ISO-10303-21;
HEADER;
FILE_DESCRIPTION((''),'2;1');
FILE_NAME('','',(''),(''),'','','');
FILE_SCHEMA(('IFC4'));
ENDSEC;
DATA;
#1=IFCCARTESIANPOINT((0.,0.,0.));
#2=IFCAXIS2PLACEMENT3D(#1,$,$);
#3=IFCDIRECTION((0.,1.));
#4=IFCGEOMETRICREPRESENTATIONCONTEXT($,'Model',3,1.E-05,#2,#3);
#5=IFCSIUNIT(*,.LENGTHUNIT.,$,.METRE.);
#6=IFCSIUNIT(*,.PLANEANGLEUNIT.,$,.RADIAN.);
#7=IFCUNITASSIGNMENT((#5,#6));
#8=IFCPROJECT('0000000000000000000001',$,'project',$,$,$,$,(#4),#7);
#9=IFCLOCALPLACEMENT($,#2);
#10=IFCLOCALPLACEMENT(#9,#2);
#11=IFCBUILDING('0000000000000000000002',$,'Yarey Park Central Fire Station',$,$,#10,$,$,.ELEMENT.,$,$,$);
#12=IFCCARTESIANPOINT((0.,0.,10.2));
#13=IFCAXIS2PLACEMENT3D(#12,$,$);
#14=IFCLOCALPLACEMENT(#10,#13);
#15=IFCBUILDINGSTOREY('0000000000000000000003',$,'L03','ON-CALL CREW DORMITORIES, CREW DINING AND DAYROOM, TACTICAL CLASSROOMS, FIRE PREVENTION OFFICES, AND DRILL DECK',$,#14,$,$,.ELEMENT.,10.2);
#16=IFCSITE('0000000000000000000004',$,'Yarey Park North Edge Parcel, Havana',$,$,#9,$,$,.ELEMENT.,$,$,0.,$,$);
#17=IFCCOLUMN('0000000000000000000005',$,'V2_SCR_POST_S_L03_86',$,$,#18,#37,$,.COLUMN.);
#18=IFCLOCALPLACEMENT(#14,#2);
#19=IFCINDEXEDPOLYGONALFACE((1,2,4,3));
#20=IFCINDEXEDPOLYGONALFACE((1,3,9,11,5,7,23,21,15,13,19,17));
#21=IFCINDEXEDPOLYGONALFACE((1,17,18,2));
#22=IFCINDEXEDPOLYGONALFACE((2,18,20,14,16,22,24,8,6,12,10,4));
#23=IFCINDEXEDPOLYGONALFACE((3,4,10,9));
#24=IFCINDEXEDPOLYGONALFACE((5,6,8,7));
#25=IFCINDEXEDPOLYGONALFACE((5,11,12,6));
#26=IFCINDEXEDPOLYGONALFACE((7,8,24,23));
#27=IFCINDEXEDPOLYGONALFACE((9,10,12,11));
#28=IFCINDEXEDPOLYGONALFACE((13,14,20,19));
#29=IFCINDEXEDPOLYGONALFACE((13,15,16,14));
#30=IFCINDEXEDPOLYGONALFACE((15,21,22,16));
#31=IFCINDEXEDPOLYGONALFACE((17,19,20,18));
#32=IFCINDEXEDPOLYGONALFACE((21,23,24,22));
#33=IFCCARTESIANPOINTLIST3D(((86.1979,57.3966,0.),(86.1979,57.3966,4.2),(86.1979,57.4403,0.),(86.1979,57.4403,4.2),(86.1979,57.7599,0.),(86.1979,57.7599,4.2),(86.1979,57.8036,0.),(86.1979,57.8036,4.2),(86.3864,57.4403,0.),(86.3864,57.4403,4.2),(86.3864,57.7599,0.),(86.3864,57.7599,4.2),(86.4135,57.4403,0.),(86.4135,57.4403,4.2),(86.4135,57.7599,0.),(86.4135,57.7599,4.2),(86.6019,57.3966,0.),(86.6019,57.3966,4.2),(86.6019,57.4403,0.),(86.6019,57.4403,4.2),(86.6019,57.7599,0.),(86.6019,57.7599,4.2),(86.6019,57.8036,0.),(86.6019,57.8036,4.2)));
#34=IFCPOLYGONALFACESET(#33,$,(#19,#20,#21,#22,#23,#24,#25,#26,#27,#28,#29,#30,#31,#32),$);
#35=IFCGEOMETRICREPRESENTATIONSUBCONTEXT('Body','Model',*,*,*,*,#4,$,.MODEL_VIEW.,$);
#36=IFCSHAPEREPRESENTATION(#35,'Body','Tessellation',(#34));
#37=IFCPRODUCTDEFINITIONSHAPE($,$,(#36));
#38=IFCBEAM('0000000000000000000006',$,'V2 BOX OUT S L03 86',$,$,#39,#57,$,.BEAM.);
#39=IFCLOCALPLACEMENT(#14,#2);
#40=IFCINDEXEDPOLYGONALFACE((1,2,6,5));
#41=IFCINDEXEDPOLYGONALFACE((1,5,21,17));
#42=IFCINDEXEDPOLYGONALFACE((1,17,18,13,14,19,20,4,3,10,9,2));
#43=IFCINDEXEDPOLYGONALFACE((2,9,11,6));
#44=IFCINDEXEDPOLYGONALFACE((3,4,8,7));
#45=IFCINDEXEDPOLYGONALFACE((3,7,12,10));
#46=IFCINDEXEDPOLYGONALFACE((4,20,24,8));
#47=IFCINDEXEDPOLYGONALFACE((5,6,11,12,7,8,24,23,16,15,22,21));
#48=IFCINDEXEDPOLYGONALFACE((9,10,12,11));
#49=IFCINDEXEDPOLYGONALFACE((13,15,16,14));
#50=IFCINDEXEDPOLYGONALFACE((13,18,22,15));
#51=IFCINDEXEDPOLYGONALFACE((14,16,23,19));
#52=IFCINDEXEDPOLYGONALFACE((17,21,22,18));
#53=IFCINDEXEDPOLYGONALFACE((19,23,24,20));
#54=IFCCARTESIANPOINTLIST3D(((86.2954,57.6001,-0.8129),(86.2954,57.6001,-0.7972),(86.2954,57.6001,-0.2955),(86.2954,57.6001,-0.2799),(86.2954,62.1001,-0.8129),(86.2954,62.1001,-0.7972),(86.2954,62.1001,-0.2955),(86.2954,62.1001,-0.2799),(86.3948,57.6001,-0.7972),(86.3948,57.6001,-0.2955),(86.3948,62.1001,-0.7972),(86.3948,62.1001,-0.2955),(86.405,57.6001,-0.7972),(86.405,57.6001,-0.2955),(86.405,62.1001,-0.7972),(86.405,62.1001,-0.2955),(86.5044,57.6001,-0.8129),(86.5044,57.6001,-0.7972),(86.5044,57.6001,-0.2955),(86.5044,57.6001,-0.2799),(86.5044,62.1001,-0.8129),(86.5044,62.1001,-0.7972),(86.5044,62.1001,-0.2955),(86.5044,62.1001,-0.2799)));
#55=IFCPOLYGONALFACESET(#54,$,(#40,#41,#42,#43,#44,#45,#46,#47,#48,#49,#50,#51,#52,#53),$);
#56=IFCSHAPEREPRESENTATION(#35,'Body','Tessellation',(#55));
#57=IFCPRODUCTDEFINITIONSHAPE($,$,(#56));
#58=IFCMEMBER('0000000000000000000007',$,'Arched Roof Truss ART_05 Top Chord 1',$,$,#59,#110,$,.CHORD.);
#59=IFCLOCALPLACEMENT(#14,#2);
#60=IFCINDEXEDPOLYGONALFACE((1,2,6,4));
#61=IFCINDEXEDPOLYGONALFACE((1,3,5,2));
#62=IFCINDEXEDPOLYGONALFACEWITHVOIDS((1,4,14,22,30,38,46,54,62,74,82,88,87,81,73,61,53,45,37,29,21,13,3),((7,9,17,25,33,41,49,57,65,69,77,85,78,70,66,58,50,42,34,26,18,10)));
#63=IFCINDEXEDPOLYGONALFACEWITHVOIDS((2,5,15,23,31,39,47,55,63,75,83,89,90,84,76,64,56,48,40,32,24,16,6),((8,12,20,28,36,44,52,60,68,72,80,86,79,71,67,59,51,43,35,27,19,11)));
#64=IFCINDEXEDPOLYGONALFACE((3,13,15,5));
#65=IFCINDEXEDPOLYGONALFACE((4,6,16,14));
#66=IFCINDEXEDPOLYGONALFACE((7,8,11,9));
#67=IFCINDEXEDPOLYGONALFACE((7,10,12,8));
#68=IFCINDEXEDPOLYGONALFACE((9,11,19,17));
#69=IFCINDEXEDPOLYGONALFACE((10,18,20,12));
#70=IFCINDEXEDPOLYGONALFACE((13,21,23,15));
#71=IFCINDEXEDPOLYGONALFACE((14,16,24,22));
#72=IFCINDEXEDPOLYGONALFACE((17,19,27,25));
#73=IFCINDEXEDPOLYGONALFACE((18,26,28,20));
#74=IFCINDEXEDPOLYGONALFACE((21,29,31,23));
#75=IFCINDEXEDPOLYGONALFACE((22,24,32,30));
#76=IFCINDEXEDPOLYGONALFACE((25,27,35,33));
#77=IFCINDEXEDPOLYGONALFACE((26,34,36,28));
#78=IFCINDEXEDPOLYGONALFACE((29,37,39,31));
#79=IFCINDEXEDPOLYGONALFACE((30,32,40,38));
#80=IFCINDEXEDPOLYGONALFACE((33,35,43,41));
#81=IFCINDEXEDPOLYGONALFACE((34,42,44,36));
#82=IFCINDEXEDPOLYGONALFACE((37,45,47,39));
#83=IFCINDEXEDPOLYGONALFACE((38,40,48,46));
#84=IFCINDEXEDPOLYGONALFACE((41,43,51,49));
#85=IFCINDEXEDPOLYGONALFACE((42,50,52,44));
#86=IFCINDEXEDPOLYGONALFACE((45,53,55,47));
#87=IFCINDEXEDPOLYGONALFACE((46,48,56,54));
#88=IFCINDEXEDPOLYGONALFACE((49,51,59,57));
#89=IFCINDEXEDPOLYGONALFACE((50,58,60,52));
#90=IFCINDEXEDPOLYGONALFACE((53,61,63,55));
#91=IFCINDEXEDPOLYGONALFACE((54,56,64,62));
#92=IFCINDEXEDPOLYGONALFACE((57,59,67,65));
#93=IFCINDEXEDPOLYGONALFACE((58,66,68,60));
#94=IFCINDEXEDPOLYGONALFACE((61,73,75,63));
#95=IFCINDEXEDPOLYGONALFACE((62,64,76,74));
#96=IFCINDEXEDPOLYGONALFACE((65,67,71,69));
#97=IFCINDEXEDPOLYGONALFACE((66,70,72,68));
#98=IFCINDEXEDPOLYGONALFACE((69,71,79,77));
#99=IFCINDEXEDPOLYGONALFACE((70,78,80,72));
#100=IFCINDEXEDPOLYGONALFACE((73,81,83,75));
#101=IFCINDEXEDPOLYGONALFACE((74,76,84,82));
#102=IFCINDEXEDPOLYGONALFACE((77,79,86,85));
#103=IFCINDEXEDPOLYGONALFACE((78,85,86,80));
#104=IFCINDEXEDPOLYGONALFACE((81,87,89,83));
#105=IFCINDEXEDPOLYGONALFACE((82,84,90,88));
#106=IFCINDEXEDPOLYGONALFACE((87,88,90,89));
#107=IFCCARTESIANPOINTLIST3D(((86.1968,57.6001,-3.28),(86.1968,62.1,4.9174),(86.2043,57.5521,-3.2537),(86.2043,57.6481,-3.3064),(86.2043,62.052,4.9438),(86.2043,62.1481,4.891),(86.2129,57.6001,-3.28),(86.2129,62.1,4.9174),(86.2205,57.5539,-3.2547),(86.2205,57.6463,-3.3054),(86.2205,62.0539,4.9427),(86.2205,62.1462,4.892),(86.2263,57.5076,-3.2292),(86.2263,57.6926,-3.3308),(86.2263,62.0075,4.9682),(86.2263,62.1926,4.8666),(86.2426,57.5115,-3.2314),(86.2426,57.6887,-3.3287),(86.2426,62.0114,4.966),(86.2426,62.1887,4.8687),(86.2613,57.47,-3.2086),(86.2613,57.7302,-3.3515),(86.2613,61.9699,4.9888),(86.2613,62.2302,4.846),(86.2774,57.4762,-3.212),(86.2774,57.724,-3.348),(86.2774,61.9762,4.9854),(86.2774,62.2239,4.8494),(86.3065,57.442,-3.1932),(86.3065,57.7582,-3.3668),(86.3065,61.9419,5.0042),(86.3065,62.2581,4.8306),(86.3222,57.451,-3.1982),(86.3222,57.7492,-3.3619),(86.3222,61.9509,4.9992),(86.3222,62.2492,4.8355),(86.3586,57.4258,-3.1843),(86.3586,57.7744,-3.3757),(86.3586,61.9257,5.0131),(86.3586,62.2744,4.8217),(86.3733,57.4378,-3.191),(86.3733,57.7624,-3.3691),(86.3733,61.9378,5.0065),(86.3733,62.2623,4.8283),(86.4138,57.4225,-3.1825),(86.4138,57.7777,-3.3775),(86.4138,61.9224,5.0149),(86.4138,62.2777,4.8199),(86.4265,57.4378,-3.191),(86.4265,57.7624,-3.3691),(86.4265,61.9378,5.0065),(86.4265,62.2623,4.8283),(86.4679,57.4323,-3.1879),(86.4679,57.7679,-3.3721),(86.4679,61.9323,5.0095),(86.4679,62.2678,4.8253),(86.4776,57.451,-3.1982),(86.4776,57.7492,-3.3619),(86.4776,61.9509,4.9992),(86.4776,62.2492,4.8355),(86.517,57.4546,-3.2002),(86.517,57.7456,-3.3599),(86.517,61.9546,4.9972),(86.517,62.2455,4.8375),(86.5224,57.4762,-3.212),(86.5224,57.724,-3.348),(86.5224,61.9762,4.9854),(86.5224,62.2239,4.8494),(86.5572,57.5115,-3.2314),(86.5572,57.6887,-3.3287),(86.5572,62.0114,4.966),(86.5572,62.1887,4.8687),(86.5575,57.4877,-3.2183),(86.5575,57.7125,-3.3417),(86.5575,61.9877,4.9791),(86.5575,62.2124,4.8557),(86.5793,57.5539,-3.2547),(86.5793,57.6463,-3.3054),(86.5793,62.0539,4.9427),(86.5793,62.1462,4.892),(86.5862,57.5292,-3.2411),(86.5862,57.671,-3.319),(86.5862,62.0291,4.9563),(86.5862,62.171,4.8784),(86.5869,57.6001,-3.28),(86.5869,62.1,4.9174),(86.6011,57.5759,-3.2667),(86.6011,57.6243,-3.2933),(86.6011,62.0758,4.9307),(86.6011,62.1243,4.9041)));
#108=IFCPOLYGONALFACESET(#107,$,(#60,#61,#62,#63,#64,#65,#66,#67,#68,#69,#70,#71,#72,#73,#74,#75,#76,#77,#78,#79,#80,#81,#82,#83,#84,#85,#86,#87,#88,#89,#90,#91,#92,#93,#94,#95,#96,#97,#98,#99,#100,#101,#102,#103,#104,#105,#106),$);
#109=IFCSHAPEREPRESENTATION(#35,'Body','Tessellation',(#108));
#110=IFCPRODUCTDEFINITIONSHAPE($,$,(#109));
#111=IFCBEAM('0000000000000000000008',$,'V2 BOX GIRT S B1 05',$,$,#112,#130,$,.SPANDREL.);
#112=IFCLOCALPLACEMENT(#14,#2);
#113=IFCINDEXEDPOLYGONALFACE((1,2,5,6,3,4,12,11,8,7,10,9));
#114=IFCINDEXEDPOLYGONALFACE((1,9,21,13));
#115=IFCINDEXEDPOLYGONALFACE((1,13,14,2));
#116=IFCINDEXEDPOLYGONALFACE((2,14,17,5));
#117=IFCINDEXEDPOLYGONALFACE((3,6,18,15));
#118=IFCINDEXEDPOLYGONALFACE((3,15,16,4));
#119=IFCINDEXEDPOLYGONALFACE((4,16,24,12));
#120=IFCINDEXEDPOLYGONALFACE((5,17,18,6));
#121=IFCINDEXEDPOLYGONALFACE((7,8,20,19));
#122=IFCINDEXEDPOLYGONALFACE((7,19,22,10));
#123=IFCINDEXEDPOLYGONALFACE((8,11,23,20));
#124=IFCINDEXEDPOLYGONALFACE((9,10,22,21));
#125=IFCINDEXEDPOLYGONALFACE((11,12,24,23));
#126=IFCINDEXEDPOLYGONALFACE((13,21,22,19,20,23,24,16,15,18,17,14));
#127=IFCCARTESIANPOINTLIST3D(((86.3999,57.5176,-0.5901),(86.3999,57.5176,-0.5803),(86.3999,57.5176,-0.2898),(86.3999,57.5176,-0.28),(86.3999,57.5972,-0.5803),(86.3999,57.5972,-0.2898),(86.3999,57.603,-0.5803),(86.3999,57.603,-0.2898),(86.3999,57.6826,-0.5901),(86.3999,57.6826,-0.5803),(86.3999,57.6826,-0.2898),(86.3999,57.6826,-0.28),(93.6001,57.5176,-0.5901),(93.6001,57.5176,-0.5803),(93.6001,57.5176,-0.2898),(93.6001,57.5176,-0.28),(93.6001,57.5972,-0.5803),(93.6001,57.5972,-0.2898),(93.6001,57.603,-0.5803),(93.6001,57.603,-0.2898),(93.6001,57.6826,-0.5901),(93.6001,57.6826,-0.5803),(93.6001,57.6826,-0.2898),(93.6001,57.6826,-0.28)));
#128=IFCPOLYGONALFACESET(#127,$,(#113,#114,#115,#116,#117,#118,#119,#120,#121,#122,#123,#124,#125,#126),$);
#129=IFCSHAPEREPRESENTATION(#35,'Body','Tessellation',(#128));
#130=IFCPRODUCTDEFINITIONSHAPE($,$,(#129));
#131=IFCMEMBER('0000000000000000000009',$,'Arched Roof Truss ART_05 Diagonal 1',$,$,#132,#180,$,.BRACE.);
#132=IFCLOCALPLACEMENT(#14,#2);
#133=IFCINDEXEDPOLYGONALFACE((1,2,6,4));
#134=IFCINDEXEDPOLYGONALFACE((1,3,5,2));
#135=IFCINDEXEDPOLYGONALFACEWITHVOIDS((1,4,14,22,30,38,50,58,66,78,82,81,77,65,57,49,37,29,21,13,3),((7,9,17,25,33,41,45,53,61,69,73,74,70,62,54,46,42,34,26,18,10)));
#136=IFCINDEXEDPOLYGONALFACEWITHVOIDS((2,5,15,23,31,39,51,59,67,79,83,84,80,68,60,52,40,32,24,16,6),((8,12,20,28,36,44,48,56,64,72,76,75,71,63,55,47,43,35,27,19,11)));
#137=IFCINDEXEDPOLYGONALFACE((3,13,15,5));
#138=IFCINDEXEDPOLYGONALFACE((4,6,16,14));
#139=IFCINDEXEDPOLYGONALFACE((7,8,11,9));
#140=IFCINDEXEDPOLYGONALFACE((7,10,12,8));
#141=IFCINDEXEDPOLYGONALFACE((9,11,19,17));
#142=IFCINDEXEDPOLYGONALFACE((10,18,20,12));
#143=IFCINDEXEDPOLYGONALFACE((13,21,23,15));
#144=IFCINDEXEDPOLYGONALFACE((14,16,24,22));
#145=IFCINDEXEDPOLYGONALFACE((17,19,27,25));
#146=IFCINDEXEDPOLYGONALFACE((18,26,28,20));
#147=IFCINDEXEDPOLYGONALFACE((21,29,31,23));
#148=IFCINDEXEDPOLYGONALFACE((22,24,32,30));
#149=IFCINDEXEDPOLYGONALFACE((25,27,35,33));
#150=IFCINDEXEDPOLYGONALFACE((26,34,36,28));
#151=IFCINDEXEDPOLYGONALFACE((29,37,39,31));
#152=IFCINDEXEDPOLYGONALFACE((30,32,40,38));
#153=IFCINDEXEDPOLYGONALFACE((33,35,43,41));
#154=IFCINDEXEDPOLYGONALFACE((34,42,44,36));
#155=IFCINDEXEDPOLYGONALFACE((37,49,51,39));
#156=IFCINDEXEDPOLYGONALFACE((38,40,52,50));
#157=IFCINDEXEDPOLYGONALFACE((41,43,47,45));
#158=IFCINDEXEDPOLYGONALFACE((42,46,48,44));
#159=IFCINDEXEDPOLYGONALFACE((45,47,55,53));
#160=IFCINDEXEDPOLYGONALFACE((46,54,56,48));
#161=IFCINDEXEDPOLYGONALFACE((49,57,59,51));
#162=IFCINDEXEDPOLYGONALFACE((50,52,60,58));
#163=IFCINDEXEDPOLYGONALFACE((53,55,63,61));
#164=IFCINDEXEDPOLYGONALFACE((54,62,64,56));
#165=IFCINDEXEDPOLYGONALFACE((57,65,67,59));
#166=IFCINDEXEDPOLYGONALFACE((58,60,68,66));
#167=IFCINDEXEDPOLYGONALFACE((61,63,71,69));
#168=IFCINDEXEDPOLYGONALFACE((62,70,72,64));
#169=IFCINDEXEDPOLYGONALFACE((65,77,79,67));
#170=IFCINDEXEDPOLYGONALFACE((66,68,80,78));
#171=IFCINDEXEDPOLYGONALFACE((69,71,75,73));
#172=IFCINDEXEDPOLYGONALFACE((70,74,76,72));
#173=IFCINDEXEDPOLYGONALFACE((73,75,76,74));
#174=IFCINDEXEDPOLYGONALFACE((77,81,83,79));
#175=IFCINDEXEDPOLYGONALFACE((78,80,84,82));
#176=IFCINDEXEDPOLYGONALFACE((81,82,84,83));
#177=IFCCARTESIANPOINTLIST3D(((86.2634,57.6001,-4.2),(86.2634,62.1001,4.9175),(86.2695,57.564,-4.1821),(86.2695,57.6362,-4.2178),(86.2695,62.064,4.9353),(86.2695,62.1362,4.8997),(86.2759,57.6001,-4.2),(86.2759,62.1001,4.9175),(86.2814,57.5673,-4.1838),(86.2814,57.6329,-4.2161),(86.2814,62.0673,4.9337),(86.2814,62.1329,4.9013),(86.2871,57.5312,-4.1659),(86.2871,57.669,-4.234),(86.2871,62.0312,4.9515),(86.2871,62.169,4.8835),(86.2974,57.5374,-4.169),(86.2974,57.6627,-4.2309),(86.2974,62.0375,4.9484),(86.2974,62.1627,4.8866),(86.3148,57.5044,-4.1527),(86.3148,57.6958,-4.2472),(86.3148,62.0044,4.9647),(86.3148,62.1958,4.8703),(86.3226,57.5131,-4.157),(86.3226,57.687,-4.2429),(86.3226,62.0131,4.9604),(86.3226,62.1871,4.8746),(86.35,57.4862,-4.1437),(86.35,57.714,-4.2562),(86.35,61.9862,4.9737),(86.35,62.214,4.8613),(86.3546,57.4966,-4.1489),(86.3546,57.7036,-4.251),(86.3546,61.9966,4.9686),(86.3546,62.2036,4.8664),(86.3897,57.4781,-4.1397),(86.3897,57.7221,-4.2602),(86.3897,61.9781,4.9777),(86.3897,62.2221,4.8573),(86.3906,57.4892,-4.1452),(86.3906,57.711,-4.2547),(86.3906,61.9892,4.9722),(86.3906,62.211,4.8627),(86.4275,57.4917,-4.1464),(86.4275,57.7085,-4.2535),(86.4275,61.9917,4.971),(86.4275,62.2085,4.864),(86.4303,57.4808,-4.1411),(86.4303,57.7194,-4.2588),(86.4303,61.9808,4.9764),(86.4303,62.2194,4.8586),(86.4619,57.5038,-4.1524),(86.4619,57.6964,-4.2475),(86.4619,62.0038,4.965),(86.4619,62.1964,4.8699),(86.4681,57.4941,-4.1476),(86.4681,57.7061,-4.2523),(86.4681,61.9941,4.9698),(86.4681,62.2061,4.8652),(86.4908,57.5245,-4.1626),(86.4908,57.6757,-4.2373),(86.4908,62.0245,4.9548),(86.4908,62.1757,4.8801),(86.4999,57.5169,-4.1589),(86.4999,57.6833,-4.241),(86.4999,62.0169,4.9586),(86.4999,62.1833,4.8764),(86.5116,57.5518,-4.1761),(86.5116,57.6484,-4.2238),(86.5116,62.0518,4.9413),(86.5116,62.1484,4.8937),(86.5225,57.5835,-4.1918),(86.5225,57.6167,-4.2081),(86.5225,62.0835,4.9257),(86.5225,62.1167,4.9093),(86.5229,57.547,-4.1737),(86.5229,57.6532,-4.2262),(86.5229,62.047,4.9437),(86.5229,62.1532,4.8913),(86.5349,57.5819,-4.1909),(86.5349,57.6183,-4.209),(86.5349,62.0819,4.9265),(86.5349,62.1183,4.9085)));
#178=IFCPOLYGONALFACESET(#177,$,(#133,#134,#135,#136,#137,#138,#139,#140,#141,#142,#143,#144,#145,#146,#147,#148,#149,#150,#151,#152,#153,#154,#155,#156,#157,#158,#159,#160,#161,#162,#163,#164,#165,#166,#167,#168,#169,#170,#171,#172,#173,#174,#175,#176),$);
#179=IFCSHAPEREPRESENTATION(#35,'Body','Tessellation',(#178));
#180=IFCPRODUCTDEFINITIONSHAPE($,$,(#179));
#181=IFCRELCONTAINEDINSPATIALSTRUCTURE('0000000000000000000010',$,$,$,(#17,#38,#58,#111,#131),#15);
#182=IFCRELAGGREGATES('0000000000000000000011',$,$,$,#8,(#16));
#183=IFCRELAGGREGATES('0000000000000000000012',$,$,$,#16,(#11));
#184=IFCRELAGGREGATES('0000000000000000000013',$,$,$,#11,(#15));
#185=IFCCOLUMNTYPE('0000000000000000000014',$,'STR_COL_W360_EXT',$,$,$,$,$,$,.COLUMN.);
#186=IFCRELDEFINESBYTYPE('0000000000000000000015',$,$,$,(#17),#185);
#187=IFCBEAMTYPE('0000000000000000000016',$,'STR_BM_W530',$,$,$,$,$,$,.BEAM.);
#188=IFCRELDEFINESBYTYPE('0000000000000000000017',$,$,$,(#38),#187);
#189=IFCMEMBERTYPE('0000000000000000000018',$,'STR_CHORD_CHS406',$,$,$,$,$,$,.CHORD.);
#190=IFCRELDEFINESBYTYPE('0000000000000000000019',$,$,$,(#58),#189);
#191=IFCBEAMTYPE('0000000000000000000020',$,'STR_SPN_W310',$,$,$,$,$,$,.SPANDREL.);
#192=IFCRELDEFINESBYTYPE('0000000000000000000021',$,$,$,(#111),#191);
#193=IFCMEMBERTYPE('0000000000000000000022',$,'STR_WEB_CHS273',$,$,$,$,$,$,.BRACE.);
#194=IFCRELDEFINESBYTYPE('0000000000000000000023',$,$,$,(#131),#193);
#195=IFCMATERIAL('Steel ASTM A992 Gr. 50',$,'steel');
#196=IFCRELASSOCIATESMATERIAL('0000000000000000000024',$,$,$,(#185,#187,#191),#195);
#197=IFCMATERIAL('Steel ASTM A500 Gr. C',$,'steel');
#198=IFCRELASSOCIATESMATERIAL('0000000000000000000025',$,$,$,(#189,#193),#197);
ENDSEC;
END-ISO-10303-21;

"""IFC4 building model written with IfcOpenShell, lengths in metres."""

from ifc_helpers import new_model, si_unit, direction, frame, origin, origin_2d, place, context, subcontext, project, spatial, hollow_circle, i_section, extrude, material, material_profile, profile_set, type_object, element, save


model = new_model("IFC4")

# Units and contexts
model_context = context("Model", 3, precision=1e-05, world=origin(), true_north=direction((0.0, 1.0)))
body_context = subcontext(model_context, "Body", "Model", "MODEL_VIEW")
ifc_project = project(units=[si_unit("LENGTHUNIT", "METRE"), si_unit("PLANEANGLEUNIT", "RADIAN")], contexts=[model_context])

# Site, building, storey
site_placement = place(None, origin())
site = spatial("IfcSite", under=ifc_project, at=site_placement, Name="Yarey Park North Edge Parcel, Havana", CompositionType="ELEMENT", RefElevation=0.0)
building_placement = place(site_placement, origin())
building = spatial("IfcBuilding", under=site, at=building_placement, Name="Yarey Park Central Fire Station", CompositionType="ELEMENT")
storey_placement = place(building_placement, frame((0.0, 0.0, 10.2)))
storey = spatial("IfcBuildingStorey", under=building, at=storey_placement, Name="L03", Description="ON-CALL CREW DORMITORIES, CREW DINING AND DAYROOM, TACTICAL CLASSROOMS, FIRE PREVENTION OFFICES, AND DRILL DECK", CompositionType="ELEMENT", Elevation=10.2)

# Column
ifc_material_1 = material(Name="Steel ASTM A992 Gr. 50", Category="steel")
ifc_material_profile_1 = material_profile(ifc_material_1, i_section(OverallWidth=0.4041, OverallDepth=0.407, WebThickness=0.0271, FlangeThickness=0.0437, at=origin_2d()), Name="W360x347")
ifc_profile_set_1 = profile_set([ifc_material_profile_1], Name="Steel ASTM A992 Gr. 50")
column_type = type_object("IfcColumnType", Name="STR_COL_W360_EXT", PredefinedType="COLUMN", material=ifc_profile_set_1)
column_placement = place(storey_placement, frame((86.3999, 57.6001, 0.0), z_axis=(0.0, 0.0, 1.0), x_axis=(1.0, 0.0, 0.0)))
element("IfcColumn", 1, at=column_placement, inside=storey, type_object=column_type, Name="V2_SCR_POST_S_L03_86", PredefinedType="COLUMN", context=body_context, shape_type="SweptSolid", body=[
    extrude(i_section(OverallWidth=0.4041, OverallDepth=0.407, WebThickness=0.0271, FlangeThickness=0.0437, at=origin_2d()), origin(), (0.0, 0.0, 1.0), 4.2),
])

# Beam
ifc_material_profile_2 = material_profile(ifc_material_1, i_section(OverallWidth=0.209, OverallDepth=0.533, WebThickness=0.0103, FlangeThickness=0.0156, at=origin_2d()), Name="W530x92")
ifc_profile_set_2 = profile_set([ifc_material_profile_2], Name="Steel ASTM A992 Gr. 50")
beam_type_1 = type_object("IfcBeamType", Name="STR_BM_W530", PredefinedType="BEAM", material=ifc_profile_set_2)
beam_1_placement = place(storey_placement, frame((86.3999, 57.6001, -0.5464), z_axis=(0.0, 1.0, 0.0), x_axis=(-1.0, 0.0, 0.0)))
element("IfcBeam", 2, at=beam_1_placement, inside=storey, type_object=beam_type_1, Name="V2 BOX OUT S L03 86", PredefinedType="BEAM", context=body_context, shape_type="SweptSolid", body=[
    extrude(i_section(OverallWidth=0.209, OverallDepth=0.533, WebThickness=0.0103, FlangeThickness=0.0156, at=origin_2d()), origin(), (0.0, 0.0, 1.0), 4.5),
])

# Member
ifc_material_2 = material(Name="Steel ASTM A500 Gr. C", Category="steel")
ifc_material_profile_3 = material_profile(ifc_material_2, hollow_circle(Radius=0.2031, WallThickness=0.0161, at=origin_2d()), Name="CHS 406.4x16")
ifc_profile_set_3 = profile_set([ifc_material_profile_3], Name="Steel ASTM A500 Gr. C")
member_type_1 = type_object("IfcMemberType", Name="STR_CHORD_CHS406", PredefinedType="CHORD", material=ifc_profile_set_3)
member_1_placement = place(storey_placement, frame((86.3999, 57.6001, -3.28), z_axis=(0.0, 0.48121, 0.876605), x_axis=(-1.0, 0.0, 0.0)))
element("IfcMember", 3, at=member_1_placement, inside=storey, type_object=member_type_1, Name="Arched Roof Truss ART_05 Top Chord 1", PredefinedType="CHORD", context=body_context, shape_type="SweptSolid", body=[
    extrude(hollow_circle(Radius=0.2031, WallThickness=0.0161, at=origin_2d()), origin(), (0.0, 0.0, 1.0), 9.3513),
])

# Beam
ifc_material_profile_4 = material_profile(ifc_material_1, i_section(OverallWidth=0.165, OverallDepth=0.3101, WebThickness=0.0059, FlangeThickness=0.0098, at=origin_2d()), Name="W310x39")
ifc_profile_set_4 = profile_set([ifc_material_profile_4], Name="Steel ASTM A992 Gr. 50")
beam_type_2 = type_object("IfcBeamType", Name="STR_SPN_W310", PredefinedType="SPANDREL", material=ifc_profile_set_4)
beam_2_placement = place(storey_placement, frame((86.3999, 57.6001, -0.4351), z_axis=(1.0, 0.0, 0.0), x_axis=(0.0, 1.0, 0.0)))
element("IfcBeam", 4, at=beam_2_placement, inside=storey, type_object=beam_type_2, Name="V2 BOX GIRT S B1 05", PredefinedType="SPANDREL", context=body_context, shape_type="SweptSolid", body=[
    extrude(i_section(OverallWidth=0.165, OverallDepth=0.3101, WebThickness=0.0059, FlangeThickness=0.0098, at=origin_2d()), origin(), (0.0, 0.0, 1.0), 7.2002),
])

# Member
ifc_material_profile_5 = material_profile(ifc_material_2, hollow_circle(Radius=0.1365, WallThickness=0.0125, at=origin_2d()), Name="CHS 273x12.5")
ifc_profile_set_5 = profile_set([ifc_material_profile_5], Name="Steel ASTM A500 Gr. C")
member_type_2 = type_object("IfcMemberType", Name="STR_WEB_CHS273", PredefinedType="BRACE", material=ifc_profile_set_5)
member_2_placement = place(storey_placement, frame((86.3999, 57.6001, -4.2), z_axis=(0.0, 0.442588, 0.896725), x_axis=(-1.0, 0.0, 0.0)))
element("IfcMember", 5, at=member_2_placement, inside=storey, type_object=member_type_2, Name="Arched Roof Truss ART_05 Diagonal 1", PredefinedType="BRACE", context=body_context, shape_type="SweptSolid", body=[
    extrude(hollow_circle(Radius=0.1365, WallThickness=0.0125, at=origin_2d()), origin(), (0.0, 0.0, 1.0), 10.1675),
])

save(model, "model.ifc")
